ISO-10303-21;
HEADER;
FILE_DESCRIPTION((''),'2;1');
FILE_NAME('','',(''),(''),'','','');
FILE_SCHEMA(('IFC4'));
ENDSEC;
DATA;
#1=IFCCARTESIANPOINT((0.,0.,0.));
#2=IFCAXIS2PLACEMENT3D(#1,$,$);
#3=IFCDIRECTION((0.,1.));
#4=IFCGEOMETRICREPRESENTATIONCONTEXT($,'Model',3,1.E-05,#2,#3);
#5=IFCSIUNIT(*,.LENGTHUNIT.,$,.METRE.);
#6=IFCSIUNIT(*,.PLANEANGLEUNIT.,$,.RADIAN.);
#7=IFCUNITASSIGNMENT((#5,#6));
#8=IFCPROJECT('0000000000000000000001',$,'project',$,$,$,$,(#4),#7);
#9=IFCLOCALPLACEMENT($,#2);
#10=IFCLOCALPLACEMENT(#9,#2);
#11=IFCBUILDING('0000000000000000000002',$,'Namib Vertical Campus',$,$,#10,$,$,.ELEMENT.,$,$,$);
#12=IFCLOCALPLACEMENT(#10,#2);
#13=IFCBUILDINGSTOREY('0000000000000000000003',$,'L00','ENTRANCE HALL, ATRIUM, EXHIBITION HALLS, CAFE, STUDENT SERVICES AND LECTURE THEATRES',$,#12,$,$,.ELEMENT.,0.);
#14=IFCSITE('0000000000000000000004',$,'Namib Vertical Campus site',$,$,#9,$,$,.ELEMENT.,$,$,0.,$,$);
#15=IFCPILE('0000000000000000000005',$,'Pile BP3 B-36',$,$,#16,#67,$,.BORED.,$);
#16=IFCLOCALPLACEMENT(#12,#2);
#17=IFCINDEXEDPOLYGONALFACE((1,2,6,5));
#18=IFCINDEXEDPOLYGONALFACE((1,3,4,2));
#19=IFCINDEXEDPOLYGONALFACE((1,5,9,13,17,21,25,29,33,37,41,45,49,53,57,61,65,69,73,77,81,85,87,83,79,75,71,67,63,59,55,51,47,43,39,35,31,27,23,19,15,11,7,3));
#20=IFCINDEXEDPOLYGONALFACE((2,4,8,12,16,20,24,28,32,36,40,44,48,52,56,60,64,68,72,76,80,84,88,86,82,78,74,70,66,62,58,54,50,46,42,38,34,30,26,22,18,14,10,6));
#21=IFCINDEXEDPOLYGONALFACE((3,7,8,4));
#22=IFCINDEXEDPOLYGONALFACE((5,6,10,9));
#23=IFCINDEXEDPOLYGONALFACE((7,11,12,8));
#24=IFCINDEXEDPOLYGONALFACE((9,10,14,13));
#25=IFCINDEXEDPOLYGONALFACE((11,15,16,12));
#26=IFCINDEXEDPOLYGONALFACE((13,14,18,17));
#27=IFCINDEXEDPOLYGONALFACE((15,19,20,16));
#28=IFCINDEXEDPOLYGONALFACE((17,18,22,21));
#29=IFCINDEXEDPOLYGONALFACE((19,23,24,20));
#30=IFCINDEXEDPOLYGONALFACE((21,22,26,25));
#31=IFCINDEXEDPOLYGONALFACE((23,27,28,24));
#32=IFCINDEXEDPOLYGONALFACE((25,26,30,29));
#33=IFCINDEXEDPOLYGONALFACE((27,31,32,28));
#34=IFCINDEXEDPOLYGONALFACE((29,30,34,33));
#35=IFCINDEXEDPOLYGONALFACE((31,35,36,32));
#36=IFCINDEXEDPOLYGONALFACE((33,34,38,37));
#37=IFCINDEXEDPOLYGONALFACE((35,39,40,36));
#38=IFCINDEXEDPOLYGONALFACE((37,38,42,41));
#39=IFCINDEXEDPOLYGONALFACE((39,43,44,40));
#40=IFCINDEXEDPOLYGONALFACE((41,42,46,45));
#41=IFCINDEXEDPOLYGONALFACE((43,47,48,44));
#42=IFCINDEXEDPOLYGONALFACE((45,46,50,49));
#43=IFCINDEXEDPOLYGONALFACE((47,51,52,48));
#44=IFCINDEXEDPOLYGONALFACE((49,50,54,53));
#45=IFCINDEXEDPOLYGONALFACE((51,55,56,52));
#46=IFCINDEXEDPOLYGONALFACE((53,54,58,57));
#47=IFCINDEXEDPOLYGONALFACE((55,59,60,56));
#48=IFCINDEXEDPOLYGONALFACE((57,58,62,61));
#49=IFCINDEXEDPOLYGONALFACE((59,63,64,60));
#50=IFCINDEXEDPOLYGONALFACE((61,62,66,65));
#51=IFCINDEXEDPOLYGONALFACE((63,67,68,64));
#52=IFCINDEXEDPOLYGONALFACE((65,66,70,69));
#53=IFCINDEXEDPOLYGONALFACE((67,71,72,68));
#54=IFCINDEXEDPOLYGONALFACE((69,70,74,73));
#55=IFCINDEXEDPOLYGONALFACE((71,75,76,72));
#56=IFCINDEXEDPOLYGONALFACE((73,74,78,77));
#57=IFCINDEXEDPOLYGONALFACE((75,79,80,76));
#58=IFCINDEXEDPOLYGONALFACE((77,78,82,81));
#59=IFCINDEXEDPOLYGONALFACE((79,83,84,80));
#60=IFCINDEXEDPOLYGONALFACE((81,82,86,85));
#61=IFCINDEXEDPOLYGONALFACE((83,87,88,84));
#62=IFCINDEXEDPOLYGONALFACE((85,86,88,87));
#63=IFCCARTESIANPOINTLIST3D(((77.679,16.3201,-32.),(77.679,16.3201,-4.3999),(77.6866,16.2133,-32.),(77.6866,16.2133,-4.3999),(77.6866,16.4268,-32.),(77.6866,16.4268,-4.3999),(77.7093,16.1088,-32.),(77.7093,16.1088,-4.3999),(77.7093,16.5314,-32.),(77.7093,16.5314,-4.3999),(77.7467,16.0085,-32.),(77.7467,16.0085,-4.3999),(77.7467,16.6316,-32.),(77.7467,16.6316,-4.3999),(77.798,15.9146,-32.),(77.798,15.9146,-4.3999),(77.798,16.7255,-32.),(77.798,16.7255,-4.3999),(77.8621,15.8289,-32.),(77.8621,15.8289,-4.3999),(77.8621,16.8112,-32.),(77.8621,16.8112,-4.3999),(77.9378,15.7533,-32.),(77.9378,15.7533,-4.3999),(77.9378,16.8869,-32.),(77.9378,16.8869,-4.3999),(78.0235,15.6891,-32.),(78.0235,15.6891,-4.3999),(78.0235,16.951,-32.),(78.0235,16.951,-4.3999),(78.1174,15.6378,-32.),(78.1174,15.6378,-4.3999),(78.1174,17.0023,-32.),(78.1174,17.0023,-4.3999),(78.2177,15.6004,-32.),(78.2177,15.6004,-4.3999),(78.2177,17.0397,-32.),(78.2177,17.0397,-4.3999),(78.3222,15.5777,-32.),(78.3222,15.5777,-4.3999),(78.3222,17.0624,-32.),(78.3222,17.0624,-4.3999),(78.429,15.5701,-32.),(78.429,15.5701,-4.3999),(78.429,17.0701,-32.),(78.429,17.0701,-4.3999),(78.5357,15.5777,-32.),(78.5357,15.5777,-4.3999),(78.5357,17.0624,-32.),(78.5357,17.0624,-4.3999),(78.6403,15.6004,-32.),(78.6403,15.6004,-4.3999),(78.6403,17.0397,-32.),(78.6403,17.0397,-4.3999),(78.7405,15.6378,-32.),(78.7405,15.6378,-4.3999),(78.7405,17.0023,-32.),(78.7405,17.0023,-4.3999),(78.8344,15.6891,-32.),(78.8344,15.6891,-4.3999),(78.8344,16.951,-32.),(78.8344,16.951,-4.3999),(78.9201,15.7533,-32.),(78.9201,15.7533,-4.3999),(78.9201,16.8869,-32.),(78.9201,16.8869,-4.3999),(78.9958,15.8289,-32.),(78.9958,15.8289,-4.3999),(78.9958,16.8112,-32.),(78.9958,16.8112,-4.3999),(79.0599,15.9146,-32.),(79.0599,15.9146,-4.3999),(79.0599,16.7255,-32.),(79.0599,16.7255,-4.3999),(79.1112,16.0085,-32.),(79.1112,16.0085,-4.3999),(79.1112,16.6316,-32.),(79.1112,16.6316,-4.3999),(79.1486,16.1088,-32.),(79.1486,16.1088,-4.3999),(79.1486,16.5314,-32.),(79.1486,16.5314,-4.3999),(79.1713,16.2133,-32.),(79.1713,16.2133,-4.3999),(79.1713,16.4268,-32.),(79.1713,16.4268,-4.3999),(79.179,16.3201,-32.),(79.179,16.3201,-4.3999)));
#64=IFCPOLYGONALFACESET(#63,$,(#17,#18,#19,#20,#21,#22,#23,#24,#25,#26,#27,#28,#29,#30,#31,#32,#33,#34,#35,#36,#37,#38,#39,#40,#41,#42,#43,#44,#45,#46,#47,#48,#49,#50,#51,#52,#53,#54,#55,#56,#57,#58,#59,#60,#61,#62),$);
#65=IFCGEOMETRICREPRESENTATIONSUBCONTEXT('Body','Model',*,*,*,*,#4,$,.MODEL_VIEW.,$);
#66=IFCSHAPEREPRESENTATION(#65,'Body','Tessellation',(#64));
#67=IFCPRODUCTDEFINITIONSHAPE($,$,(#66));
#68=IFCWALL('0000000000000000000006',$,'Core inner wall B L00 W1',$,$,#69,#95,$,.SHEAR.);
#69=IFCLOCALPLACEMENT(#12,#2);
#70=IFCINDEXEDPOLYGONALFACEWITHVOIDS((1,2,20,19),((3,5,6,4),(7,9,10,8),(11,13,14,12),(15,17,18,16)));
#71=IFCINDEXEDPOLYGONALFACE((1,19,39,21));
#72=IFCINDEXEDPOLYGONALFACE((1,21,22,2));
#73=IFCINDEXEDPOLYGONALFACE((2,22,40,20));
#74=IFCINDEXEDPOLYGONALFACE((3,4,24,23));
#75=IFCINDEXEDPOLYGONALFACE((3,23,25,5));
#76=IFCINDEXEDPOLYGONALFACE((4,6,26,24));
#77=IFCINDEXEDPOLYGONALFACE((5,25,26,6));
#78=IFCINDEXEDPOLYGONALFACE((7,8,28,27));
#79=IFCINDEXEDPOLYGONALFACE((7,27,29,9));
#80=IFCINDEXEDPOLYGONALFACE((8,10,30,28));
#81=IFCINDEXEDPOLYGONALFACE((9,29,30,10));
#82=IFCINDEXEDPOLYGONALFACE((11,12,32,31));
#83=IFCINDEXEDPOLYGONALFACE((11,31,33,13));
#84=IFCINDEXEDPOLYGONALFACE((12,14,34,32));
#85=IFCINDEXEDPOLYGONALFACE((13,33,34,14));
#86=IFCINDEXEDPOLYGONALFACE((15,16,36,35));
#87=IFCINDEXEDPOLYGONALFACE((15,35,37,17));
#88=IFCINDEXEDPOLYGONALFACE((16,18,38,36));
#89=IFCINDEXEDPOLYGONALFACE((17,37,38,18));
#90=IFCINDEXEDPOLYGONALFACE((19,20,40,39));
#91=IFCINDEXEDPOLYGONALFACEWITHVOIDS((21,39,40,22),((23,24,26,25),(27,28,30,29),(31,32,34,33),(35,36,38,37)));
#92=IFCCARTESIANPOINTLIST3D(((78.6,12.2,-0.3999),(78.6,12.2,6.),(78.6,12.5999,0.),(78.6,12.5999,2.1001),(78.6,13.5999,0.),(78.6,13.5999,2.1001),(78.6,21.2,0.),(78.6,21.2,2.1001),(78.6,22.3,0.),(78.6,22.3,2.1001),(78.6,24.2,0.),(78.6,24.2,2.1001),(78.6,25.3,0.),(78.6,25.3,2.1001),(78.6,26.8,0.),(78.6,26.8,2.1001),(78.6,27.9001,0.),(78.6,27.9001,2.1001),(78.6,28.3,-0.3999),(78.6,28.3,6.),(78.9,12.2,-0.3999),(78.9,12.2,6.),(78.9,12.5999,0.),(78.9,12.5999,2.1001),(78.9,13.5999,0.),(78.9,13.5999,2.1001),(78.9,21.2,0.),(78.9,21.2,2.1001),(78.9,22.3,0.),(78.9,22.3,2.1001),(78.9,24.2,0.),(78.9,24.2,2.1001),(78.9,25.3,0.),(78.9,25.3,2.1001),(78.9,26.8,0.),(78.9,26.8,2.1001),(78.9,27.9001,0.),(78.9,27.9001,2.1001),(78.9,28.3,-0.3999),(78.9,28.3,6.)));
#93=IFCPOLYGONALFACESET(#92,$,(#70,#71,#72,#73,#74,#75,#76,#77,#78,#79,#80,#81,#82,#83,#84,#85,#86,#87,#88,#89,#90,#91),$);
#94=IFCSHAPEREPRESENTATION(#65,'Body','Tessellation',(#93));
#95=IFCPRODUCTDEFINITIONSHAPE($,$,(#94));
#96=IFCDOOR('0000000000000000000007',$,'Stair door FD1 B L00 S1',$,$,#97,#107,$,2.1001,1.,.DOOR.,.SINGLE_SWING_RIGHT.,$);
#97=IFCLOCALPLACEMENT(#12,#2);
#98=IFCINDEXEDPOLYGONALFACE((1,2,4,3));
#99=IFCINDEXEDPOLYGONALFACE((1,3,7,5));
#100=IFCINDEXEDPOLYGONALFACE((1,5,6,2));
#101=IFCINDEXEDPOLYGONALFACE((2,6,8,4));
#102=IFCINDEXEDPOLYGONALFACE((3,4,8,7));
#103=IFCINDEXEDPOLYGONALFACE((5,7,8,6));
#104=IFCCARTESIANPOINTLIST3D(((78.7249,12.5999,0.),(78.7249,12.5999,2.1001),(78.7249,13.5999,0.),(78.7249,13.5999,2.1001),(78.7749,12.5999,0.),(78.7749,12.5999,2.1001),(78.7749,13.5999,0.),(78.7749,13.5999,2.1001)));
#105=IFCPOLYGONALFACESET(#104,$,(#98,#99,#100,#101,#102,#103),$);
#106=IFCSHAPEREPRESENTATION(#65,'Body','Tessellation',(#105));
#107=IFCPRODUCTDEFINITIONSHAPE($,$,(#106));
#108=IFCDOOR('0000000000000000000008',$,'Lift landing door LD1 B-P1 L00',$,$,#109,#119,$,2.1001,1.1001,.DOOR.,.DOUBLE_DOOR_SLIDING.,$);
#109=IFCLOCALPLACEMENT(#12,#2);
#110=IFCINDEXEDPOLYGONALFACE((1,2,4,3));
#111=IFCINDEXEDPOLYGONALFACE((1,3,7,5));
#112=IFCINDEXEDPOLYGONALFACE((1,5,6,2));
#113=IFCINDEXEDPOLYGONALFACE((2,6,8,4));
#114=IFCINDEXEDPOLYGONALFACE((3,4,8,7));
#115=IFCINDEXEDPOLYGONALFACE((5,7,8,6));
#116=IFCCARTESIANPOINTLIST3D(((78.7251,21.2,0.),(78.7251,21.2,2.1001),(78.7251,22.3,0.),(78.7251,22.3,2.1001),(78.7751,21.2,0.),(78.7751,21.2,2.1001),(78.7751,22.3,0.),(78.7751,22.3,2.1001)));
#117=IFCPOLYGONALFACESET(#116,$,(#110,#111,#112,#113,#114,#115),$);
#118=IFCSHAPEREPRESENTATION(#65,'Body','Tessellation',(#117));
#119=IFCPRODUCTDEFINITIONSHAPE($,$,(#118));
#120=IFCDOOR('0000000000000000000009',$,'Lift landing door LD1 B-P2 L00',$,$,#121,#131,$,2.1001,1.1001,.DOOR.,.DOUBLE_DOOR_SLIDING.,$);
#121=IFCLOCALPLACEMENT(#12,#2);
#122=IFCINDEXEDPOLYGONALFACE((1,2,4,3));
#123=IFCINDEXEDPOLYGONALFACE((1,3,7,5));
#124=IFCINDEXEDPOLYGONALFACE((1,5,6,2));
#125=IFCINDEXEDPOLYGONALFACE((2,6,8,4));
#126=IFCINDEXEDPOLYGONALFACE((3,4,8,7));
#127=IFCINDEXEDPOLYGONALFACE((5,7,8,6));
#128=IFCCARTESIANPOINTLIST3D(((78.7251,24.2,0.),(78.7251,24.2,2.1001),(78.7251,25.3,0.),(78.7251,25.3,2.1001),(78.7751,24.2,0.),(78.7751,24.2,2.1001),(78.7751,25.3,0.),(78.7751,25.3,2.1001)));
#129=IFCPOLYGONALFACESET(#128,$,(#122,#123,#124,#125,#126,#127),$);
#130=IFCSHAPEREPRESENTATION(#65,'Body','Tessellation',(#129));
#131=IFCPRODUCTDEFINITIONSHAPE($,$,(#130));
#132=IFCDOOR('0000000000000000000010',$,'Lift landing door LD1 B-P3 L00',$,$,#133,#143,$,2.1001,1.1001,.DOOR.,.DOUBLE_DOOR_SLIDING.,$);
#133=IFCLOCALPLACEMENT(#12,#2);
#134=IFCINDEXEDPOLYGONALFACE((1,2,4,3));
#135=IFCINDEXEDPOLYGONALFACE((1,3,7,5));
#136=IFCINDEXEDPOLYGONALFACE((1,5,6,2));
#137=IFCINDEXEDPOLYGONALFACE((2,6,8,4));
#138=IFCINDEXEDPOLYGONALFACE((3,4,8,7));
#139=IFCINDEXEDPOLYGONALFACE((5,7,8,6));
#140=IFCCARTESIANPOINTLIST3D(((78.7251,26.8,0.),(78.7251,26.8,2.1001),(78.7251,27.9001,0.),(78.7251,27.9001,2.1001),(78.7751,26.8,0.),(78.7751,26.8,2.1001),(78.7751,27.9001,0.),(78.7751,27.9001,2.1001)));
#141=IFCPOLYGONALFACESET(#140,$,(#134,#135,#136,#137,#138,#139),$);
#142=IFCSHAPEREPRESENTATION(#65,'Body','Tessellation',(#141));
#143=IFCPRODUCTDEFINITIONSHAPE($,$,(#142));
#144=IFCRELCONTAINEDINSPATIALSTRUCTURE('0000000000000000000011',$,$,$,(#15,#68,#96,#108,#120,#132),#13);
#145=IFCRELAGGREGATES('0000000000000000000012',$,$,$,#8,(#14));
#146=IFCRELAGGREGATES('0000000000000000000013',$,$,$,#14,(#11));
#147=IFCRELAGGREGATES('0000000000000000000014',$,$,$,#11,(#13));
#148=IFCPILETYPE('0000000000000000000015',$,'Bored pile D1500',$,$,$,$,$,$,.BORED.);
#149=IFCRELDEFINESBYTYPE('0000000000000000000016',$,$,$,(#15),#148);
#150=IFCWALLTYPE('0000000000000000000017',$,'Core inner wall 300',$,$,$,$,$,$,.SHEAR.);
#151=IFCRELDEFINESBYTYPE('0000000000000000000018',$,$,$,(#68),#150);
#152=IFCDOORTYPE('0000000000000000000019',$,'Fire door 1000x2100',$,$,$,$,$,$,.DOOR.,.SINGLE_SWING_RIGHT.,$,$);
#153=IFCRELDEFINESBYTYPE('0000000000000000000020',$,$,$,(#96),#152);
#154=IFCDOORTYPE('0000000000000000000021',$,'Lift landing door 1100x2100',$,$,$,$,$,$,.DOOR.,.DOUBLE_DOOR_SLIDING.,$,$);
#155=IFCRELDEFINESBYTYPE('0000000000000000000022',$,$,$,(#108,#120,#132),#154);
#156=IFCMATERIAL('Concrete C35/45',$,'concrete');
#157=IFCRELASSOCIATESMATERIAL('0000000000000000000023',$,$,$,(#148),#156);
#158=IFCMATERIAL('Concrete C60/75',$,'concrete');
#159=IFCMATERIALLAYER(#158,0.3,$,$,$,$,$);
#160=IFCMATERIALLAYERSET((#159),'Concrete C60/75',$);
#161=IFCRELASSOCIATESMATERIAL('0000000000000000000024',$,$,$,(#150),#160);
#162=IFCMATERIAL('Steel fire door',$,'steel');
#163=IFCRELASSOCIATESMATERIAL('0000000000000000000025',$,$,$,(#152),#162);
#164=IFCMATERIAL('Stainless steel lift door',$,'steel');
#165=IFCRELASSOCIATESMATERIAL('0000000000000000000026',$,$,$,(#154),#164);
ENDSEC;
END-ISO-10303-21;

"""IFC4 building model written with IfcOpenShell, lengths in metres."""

from ifc_helpers import new_model, si_unit, direction, frame, frame_2d, origin, origin_2d, place, context, subcontext, project, spatial, rectangle, circle, extrude, material, layer, layer_set, material_profile, profile_set, type_object, element, fill, save


model = new_model("IFC4")

# Units and contexts
model_context = context("Model", 3, precision=1e-05, world=origin(), true_north=direction((0.0, 1.0)))
body_context = subcontext(model_context, "Body", "Model", "MODEL_VIEW")
ifc_project = project(units=[si_unit("LENGTHUNIT", "METRE"), si_unit("PLANEANGLEUNIT", "RADIAN")], contexts=[model_context])

# Site, building, storey
site_placement = place(None, origin())
site = spatial("IfcSite", under=ifc_project, at=site_placement, Name="Namib Vertical Campus site", CompositionType="ELEMENT", RefElevation=0.0)
building_placement = place(site_placement, origin())
building = spatial("IfcBuilding", under=site, at=building_placement, Name="Namib Vertical Campus", CompositionType="ELEMENT")
storey_placement = place(building_placement, origin())
storey = spatial("IfcBuildingStorey", under=building, at=storey_placement, Name="L00", Description="ENTRANCE HALL, ATRIUM, EXHIBITION HALLS, CAFE, STUDENT SERVICES AND LECTURE THEATRES", CompositionType="ELEMENT", Elevation=0.0)

# Pile
ifc_material_1 = material(Name="Concrete C35/45", Category="concrete")
ifc_material_profile = material_profile(ifc_material_1, circle(Radius=0.75, at=origin_2d()))
ifc_profile_set = profile_set([ifc_material_profile], Name="Concrete C35/45")
pile_type = type_object("IfcPileType", Name="Bored pile D1500", PredefinedType="BORED", material=ifc_profile_set)
for number, where, z_axis, x_axis, name in (
    (1, (78.429, 16.3201, -4.3999), (0.0, 0.0, -1.0), (1.0, 0.0, 0.0), "Pile BP3 B-36"),
):
    element("IfcPile", number, at=place(storey_placement, frame(where, z_axis=z_axis, x_axis=x_axis)), inside=storey, type_object=pile_type, Name=name, PredefinedType="BORED", context=body_context, shape_type="SweptSolid", body=[
        extrude(circle(Radius=0.75, at=origin_2d()), origin(), (0.0, 0.0, 1.0), 27.6001),
    ])

# Wall, openings, doors
ifc_material_2 = material(Name="Concrete C60/75", Category="concrete")
ifc_layer_1 = layer(ifc_material_2, 0.3)
ifc_layer_set_1 = layer_set([ifc_layer_1], Name="Concrete C60/75")
wall_type_1 = type_object("IfcWallType", Name="Core inner wall 300", PredefinedType="SHEAR", material=ifc_layer_set_1)
wall_1_placement = place(storey_placement, frame((78.75, 12.2, -0.3999), z_axis=(0.0, 0.0, 1.0), x_axis=(0.0, 1.0, 0.0)))
wall_1 = element("IfcWall", 2, at=wall_1_placement, inside=storey, type_object=wall_type_1, Name="Core inner wall B L00 W1", PredefinedType="SHEAR", context=body_context, shape_type="SweptSolid", body=[
    extrude(rectangle(XDim=16.1001, YDim=0.3, at=frame_2d((8.05, 0.0))), origin(), (0.0, 0.0, 1.0), 6.3999),
])
opening_1_placement = place(wall_1_placement, frame((0.3999, 0.0, 0.3999)))
opening_1 = element("IfcOpeningElement", 3, at=opening_1_placement, cuts=wall_1, PredefinedType="OPENING", context=body_context, shape_type="SweptSolid", body=[
    extrude(rectangle(XDim=1.0, YDim=2.1001, at=frame_2d((0.5, 1.05))), frame((0.0, 0.1599, 0.0), z_axis=(0.0, -1.0, 0.0), x_axis=(1.0, 0.0, 0.0)), (0.0, 0.0, 1.0), 0.3201),
])
opening_2_placement = place(wall_1_placement, frame((9.0, 0.0, 0.3999)))
opening_2 = element("IfcOpeningElement", 4, at=opening_2_placement, cuts=wall_1, PredefinedType="OPENING", context=body_context, shape_type="SweptSolid", body=[
    extrude(rectangle(XDim=1.1001, YDim=2.1001, at=frame_2d((0.55, 1.05))), frame((0.0, 0.1599, 0.0), z_axis=(0.0, -1.0, 0.0), x_axis=(1.0, 0.0, 0.0)), (0.0, 0.0, 1.0), 0.3201),
])
opening_3_placement = place(wall_1_placement, frame((12.0, 0.0, 0.3999)))
opening_3 = element("IfcOpeningElement", 5, at=opening_3_placement, cuts=wall_1, PredefinedType="OPENING", context=body_context, shape_type="SweptSolid", body=[
    extrude(rectangle(XDim=1.1001, YDim=2.1001, at=frame_2d((0.55, 1.05))), frame((0.0, 0.1599, 0.0), z_axis=(0.0, -1.0, 0.0), x_axis=(1.0, 0.0, 0.0)), (0.0, 0.0, 1.0), 0.3201),
])
opening_4_placement = place(wall_1_placement, frame((14.6001, 0.0, 0.3999)))
opening_4 = element("IfcOpeningElement", 6, at=opening_4_placement, cuts=wall_1, PredefinedType="OPENING", context=body_context, shape_type="SweptSolid", body=[
    extrude(rectangle(XDim=1.1001, YDim=2.1001, at=frame_2d((0.55, 1.05))), frame((0.0, 0.1599, 0.0), z_axis=(0.0, -1.0, 0.0), x_axis=(1.0, 0.0, 0.0)), (0.0, 0.0, 1.0), 0.3201),
])
ifc_material_3 = material(Name="Steel fire door", Category="steel")
door_type_1 = type_object("IfcDoorType", Name="Fire door 1000x2100", OperationType="SINGLE_SWING_RIGHT", PredefinedType="DOOR", material=ifc_material_3)
door_1_placement = place(opening_1_placement, frame((1.0, 0.0, 0.0), z_axis=(0.0, 0.0, 1.0), x_axis=(-1.0, 0.0, 0.0)))
door_1 = element("IfcDoor", 7, at=door_1_placement, inside=storey, type_object=door_type_1, Name="Stair door FD1 B L00 S1", OperationType="SINGLE_SWING_RIGHT", OverallHeight=2.1001, OverallWidth=1.0, PredefinedType="DOOR", context=body_context, shape_type="SweptSolid", body=[
    extrude(rectangle(XDim=1.0, YDim=2.1001, at=frame_2d((0.5, 1.05))), frame((0.0, 0.0249, 0.0), z_axis=(0.0, -1.0, 0.0), x_axis=(1.0, 0.0, 0.0)), (0.0, 0.0, 1.0), 0.05),
])
fill(opening_1, door_1)
ifc_material_4 = material(Name="Stainless steel lift door", Category="steel")
door_type_2 = type_object("IfcDoorType", Name="Lift landing door 1100x2100", OperationType="DOUBLE_DOOR_SLIDING", PredefinedType="DOOR", material=ifc_material_4)
door_2_placement = place(opening_2_placement, origin())
door_2 = element("IfcDoor", 8, at=door_2_placement, inside=storey, type_object=door_type_2, Name="Lift landing door LD1 B-P1 L00", OperationType="DOUBLE_DOOR_SLIDING", OverallHeight=2.1001, OverallWidth=1.1001, PredefinedType="DOOR", context=body_context, shape_type="SweptSolid", body=[
    extrude(rectangle(XDim=1.1001, YDim=2.1001, at=frame_2d((0.55, 1.05))), frame((0.0, 0.0249, 0.0), z_axis=(0.0, -1.0, 0.0), x_axis=(1.0, 0.0, 0.0)), (0.0, 0.0, 1.0), 0.05),
])
fill(opening_2, door_2)
door_3_placement = place(opening_3_placement, origin())
door_3 = element("IfcDoor", 9, at=door_3_placement, inside=storey, type_object=door_type_2, Name="Lift landing door LD1 B-P2 L00", OperationType="DOUBLE_DOOR_SLIDING", OverallHeight=2.1001, OverallWidth=1.1001, PredefinedType="DOOR", context=body_context, shape_type="SweptSolid", body=[
    extrude(rectangle(XDim=1.1001, YDim=2.1001, at=frame_2d((0.55, 1.05))), frame((0.0, 0.0249, 0.0), z_axis=(0.0, -1.0, 0.0), x_axis=(1.0, 0.0, 0.0)), (0.0, 0.0, 1.0), 0.05),
])
fill(opening_3, door_3)
door_4_placement = place(opening_4_placement, origin())
door_4 = element("IfcDoor", 10, at=door_4_placement, inside=storey, type_object=door_type_2, Name="Lift landing door LD1 B-P3 L00", OperationType="DOUBLE_DOOR_SLIDING", OverallHeight=2.1001, OverallWidth=1.1001, PredefinedType="DOOR", context=body_context, shape_type="SweptSolid", body=[
    extrude(rectangle(XDim=1.1001, YDim=2.1001, at=frame_2d((0.55, 1.05))), frame((0.0, 0.0249, 0.0), z_axis=(0.0, -1.0, 0.0), x_axis=(1.0, 0.0, 0.0)), (0.0, 0.0, 1.0), 0.05),
])
fill(opening_4, door_4)

save(model, "model.ifc")
